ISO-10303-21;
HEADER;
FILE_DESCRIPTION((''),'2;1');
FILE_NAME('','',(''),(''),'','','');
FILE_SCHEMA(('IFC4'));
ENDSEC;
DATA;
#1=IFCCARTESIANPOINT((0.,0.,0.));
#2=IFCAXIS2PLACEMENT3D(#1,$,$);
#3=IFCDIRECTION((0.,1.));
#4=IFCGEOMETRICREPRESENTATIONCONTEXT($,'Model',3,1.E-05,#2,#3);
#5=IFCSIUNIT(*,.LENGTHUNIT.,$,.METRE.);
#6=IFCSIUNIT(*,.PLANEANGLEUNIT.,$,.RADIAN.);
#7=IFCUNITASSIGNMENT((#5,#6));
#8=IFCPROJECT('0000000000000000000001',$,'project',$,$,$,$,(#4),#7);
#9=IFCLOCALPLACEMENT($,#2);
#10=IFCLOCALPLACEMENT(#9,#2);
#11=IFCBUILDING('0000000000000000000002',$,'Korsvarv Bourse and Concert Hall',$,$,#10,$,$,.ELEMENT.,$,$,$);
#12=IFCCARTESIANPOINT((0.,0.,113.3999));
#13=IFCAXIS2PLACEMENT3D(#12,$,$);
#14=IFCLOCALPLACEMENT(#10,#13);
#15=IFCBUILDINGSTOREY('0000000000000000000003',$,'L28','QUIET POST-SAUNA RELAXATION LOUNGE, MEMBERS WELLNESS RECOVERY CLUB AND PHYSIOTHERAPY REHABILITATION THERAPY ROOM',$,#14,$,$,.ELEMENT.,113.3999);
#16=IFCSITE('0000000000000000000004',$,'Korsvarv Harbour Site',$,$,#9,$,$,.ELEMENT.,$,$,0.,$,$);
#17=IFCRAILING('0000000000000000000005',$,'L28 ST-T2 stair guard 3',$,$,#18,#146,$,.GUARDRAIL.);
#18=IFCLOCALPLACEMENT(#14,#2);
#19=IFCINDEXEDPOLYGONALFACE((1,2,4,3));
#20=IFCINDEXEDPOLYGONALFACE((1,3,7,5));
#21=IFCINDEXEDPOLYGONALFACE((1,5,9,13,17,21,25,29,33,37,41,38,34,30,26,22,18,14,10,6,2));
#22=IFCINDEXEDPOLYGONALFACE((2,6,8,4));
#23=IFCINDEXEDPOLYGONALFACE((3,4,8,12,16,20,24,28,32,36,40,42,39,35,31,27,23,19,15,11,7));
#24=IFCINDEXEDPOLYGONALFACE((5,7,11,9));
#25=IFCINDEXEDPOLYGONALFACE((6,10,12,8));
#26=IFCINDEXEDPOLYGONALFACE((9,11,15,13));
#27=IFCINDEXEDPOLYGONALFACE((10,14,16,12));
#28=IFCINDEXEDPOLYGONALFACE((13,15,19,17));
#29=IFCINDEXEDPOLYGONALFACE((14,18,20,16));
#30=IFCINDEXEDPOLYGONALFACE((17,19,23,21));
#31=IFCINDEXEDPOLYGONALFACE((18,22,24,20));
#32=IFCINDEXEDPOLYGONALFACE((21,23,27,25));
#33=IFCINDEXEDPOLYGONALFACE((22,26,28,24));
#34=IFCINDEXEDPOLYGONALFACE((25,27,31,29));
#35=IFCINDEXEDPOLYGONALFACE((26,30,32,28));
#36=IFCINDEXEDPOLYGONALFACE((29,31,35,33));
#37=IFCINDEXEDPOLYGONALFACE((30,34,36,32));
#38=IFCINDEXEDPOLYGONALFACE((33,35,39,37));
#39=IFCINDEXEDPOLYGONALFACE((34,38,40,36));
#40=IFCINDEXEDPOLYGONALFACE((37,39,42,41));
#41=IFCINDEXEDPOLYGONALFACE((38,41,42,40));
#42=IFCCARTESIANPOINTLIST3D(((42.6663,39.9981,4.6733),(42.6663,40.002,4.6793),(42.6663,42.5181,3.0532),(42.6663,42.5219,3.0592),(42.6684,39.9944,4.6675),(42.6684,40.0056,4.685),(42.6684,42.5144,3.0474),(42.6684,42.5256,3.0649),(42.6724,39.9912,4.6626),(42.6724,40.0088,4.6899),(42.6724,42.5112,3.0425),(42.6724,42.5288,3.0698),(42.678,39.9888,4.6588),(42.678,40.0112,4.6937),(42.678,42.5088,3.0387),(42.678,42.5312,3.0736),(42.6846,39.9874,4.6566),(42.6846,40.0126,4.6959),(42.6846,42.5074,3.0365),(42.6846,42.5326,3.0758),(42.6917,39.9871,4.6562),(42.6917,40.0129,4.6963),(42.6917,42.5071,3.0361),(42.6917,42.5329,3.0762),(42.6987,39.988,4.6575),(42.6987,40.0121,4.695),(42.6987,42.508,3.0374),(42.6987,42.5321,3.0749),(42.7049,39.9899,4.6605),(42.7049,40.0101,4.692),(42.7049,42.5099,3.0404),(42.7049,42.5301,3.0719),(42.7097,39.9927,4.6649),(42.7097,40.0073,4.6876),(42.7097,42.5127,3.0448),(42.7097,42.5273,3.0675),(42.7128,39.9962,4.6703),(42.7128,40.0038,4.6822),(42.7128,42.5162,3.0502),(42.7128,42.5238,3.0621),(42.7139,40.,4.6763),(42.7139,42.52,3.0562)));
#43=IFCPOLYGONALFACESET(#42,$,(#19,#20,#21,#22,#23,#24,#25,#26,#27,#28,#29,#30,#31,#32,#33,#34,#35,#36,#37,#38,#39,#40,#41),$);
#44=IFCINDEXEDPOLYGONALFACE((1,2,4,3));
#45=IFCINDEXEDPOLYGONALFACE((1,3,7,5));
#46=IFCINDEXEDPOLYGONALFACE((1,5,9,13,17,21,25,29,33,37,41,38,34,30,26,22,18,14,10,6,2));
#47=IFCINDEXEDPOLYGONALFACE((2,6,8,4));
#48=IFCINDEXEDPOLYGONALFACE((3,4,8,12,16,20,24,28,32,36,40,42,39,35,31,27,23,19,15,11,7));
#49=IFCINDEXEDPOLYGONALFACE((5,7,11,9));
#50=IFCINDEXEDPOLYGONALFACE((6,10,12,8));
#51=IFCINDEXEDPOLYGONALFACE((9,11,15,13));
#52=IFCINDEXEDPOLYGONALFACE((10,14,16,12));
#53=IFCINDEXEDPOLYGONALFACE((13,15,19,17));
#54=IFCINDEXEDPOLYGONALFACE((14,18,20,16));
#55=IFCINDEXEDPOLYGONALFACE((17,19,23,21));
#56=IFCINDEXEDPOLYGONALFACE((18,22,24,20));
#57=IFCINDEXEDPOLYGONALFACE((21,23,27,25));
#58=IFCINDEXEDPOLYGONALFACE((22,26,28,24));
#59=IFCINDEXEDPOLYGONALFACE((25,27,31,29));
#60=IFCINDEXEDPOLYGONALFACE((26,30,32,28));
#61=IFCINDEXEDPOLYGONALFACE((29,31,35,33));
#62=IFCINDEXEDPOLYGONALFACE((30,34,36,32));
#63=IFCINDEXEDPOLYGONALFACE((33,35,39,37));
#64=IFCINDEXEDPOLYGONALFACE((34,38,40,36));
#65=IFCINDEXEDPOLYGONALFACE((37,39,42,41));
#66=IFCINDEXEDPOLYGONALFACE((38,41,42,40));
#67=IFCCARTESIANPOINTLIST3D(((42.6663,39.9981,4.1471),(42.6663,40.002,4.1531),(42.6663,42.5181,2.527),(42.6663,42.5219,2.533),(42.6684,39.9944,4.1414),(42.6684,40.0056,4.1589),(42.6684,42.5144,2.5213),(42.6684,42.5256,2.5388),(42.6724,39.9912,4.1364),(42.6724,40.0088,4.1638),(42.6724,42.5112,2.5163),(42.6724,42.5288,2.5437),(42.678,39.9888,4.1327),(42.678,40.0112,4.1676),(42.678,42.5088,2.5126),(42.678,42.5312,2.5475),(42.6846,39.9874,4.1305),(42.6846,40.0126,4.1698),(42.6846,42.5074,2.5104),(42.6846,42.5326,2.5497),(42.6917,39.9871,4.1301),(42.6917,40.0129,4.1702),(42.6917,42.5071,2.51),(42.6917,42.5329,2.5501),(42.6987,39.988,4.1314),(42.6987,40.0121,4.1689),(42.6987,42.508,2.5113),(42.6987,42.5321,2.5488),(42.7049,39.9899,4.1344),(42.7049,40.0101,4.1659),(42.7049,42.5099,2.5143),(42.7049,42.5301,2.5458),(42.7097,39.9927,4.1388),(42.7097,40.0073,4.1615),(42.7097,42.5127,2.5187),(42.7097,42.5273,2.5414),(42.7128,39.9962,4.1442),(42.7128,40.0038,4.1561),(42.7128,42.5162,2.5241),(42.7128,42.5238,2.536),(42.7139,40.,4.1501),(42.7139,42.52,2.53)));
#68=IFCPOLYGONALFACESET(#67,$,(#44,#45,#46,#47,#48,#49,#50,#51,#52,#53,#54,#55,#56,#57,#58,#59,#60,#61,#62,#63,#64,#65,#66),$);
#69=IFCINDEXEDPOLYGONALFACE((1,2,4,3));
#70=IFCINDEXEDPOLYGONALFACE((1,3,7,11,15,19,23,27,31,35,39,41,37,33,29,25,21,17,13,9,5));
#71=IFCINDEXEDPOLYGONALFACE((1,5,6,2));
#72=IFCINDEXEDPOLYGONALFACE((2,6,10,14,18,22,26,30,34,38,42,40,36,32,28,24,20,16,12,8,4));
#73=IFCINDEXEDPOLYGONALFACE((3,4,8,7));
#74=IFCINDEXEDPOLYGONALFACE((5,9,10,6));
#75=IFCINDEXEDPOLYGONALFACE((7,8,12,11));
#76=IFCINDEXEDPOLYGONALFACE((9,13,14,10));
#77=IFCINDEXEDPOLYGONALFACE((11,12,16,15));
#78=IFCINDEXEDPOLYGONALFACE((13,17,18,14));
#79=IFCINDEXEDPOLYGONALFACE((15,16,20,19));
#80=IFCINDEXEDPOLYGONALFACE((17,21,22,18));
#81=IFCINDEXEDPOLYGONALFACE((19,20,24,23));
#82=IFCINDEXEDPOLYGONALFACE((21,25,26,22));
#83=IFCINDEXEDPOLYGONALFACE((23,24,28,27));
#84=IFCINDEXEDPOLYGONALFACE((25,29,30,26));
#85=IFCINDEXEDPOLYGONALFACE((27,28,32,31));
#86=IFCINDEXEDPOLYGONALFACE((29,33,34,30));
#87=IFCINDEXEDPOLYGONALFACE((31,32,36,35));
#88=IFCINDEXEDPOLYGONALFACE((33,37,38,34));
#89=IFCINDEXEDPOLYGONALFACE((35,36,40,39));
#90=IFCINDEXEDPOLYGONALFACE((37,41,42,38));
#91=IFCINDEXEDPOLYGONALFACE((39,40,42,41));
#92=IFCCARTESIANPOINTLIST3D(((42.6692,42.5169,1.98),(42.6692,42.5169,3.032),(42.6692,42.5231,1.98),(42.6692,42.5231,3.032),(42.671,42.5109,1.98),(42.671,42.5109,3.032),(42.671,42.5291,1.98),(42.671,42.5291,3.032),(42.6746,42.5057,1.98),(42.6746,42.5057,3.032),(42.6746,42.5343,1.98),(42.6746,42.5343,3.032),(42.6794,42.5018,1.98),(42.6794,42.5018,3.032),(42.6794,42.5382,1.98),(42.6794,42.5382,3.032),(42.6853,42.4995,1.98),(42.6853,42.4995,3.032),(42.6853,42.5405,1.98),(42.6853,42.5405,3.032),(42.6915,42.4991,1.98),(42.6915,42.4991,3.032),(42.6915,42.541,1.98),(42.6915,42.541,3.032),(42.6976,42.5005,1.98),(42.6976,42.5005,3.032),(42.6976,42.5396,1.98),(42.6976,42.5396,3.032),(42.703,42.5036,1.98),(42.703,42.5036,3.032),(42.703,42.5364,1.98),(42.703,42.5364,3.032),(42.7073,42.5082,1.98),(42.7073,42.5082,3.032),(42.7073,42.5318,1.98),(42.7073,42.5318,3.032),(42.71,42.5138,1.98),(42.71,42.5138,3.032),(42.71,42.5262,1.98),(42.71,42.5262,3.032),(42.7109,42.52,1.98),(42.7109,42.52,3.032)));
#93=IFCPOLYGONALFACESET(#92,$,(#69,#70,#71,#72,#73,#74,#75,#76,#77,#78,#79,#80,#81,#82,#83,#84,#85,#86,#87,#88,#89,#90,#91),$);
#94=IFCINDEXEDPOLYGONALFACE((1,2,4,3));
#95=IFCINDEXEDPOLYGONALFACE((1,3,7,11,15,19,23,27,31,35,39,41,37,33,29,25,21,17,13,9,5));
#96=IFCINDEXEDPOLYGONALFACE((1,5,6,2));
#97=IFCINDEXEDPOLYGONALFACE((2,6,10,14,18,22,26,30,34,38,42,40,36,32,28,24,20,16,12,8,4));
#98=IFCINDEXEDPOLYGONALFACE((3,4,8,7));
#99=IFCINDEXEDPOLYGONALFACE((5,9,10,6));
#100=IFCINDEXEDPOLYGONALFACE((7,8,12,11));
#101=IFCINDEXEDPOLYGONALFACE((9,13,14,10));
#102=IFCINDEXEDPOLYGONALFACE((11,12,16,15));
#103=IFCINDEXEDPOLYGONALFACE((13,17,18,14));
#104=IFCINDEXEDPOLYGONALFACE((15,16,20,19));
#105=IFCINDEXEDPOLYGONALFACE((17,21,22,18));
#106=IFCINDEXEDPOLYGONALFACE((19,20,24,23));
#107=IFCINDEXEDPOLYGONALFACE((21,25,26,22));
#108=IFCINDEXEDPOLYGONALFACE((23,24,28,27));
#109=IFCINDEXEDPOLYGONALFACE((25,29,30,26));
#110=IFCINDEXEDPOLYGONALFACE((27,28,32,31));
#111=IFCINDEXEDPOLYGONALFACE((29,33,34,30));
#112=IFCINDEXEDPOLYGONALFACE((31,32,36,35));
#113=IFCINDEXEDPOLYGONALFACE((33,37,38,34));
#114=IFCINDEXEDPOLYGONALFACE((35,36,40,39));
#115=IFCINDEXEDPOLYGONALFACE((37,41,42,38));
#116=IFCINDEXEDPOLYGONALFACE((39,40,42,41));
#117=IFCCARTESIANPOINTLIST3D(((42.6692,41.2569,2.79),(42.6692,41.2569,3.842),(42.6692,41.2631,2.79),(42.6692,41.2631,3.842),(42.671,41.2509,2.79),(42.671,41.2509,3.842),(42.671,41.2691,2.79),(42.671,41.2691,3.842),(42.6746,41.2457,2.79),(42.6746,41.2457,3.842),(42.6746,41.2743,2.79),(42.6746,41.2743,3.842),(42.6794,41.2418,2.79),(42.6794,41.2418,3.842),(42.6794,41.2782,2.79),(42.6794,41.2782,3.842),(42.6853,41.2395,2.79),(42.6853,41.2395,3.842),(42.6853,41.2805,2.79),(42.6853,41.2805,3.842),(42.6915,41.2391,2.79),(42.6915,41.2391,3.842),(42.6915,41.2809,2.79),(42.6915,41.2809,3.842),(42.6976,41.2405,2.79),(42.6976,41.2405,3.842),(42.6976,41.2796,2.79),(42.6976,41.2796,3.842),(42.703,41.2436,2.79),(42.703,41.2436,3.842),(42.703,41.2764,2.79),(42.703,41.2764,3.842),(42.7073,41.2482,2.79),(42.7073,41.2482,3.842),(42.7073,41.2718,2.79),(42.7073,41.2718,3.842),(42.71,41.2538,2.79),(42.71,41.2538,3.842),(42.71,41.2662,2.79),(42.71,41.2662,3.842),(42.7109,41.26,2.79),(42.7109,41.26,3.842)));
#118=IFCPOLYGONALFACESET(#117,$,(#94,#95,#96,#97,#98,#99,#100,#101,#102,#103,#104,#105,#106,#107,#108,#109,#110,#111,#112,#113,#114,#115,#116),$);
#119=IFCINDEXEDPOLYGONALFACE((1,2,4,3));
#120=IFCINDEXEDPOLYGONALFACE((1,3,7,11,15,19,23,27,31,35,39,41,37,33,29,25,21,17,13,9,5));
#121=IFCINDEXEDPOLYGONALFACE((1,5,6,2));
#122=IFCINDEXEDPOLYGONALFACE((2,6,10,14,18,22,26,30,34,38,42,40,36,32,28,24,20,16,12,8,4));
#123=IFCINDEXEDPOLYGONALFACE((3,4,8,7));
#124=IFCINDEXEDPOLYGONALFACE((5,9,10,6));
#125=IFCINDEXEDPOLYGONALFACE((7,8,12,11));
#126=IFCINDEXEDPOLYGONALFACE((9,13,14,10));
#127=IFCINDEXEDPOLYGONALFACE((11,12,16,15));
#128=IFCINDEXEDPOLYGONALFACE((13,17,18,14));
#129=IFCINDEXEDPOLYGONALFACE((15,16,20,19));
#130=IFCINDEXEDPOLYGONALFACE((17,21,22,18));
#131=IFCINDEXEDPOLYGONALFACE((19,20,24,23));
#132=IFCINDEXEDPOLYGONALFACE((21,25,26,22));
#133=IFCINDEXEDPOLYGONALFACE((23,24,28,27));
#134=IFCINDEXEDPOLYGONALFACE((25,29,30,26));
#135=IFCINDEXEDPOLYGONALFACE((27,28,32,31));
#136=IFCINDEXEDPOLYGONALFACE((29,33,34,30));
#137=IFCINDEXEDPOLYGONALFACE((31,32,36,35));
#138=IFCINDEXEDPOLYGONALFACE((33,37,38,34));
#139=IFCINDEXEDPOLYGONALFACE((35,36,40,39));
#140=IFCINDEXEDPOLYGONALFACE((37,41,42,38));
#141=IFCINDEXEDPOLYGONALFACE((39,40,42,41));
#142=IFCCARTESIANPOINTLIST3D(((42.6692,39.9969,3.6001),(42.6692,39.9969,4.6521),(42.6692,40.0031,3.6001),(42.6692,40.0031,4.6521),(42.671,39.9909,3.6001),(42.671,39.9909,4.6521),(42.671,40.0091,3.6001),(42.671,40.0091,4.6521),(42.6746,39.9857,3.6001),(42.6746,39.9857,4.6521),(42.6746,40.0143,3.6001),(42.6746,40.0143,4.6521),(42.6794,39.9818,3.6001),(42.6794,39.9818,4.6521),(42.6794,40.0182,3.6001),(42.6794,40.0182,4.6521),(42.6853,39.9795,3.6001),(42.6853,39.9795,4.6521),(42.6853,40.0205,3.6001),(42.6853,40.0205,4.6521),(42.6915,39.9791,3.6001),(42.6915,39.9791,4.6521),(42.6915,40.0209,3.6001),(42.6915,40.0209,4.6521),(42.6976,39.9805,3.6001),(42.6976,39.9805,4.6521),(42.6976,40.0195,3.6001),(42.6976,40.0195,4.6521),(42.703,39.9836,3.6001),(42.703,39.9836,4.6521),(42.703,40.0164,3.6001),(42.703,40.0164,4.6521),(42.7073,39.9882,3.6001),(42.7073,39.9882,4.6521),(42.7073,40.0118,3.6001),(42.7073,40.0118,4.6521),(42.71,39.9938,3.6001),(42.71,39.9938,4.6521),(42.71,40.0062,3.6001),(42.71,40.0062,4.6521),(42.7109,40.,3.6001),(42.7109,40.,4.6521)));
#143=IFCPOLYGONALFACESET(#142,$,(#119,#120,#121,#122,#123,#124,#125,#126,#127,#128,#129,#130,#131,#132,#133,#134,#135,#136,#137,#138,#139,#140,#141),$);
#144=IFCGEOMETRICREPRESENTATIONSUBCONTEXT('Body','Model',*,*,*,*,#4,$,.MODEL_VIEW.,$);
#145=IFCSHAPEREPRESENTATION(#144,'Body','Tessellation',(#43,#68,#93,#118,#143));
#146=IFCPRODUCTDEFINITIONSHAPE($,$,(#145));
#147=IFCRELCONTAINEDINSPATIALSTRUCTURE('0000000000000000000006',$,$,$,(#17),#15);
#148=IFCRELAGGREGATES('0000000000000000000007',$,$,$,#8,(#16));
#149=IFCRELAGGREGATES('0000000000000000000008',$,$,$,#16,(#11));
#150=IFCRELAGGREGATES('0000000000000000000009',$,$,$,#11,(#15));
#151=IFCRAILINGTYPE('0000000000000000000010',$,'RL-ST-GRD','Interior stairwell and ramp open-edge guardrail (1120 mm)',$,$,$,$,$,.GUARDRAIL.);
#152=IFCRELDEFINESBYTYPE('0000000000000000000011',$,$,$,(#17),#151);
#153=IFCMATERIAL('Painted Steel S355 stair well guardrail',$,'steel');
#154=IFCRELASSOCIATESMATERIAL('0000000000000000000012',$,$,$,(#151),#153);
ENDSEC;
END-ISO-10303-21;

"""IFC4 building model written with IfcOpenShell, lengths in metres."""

from ifc_helpers import new_model, si_unit, direction, frame, origin, origin_2d, place, context, subcontext, project, spatial, circle, extrude, material, type_object, element, save


model = new_model("IFC4")

# Units and contexts
model_context = context("Model", 3, precision=1e-05, world=origin(), true_north=direction((0.0, 1.0)))
body_context = subcontext(model_context, "Body", "Model", "MODEL_VIEW")
ifc_project = project(units=[si_unit("LENGTHUNIT", "METRE"), si_unit("PLANEANGLEUNIT", "RADIAN")], contexts=[model_context])

# Site, building, storey
site_placement = place(None, origin())
site = spatial("IfcSite", under=ifc_project, at=site_placement, Name="Korsvarv Harbour Site", CompositionType="ELEMENT", RefElevation=0.0)
building_placement = place(site_placement, origin())
building = spatial("IfcBuilding", under=site, at=building_placement, Name="Korsvarv Bourse and Concert Hall", CompositionType="ELEMENT")
storey_placement = place(building_placement, frame((0.0, 0.0, 113.3999)))
storey = spatial("IfcBuildingStorey", under=building, at=storey_placement, Name="L28", Description="QUIET POST-SAUNA RELAXATION LOUNGE, MEMBERS WELLNESS RECOVERY CLUB AND PHYSIOTHERAPY REHABILITATION THERAPY ROOM", CompositionType="ELEMENT", Elevation=113.3999)

# Railing
ifc_material_1 = material(Name="Painted Steel S355 stair well guardrail", Category="steel")
railing_type_1 = type_object("IfcRailingType", Name="RL-ST-GRD", Description="Interior stairwell and ramp open-edge guardrail (1120 mm)", PredefinedType="GUARDRAIL", material=ifc_material_1)
railing_1_placement = place(storey_placement, frame((42.6899, 42.52, 1.98)))
element("IfcRailing", 1, at=railing_1_placement, inside=storey, type_object=railing_type_1, Name="L28 ST-T2 stair guard 3", PredefinedType="GUARDRAIL", context=body_context, shape_type="SweptSolid", body=[
    extrude(circle(Radius=0.0239, at=origin_2d()), frame((0.0, 0.0, 1.0762), z_axis=(0.0, -0.841163, 0.540782), x_axis=(1.0, 0.0, 0.0)), (0.0, 0.0, 1.0), 2.9958),
    extrude(circle(Radius=0.0239, at=origin_2d()), frame((0.0, 0.0, 0.55), z_axis=(0.0, -0.841163, 0.540782), x_axis=(1.0, 0.0, 0.0)), (0.0, 0.0, 1.0), 2.9958),
    extrude(circle(Radius=0.021, at=origin_2d()), origin(), (0.0, 0.0, 1.0), 1.052),
    extrude(circle(Radius=0.021, at=origin_2d()), frame((0.0, -1.26, 0.8101)), (0.0, 0.0, 1.0), 1.052),
    extrude(circle(Radius=0.021, at=origin_2d()), frame((0.0, -2.52, 1.6201)), (0.0, 0.0, 1.0), 1.052),
])

save(model, "model.ifc")
